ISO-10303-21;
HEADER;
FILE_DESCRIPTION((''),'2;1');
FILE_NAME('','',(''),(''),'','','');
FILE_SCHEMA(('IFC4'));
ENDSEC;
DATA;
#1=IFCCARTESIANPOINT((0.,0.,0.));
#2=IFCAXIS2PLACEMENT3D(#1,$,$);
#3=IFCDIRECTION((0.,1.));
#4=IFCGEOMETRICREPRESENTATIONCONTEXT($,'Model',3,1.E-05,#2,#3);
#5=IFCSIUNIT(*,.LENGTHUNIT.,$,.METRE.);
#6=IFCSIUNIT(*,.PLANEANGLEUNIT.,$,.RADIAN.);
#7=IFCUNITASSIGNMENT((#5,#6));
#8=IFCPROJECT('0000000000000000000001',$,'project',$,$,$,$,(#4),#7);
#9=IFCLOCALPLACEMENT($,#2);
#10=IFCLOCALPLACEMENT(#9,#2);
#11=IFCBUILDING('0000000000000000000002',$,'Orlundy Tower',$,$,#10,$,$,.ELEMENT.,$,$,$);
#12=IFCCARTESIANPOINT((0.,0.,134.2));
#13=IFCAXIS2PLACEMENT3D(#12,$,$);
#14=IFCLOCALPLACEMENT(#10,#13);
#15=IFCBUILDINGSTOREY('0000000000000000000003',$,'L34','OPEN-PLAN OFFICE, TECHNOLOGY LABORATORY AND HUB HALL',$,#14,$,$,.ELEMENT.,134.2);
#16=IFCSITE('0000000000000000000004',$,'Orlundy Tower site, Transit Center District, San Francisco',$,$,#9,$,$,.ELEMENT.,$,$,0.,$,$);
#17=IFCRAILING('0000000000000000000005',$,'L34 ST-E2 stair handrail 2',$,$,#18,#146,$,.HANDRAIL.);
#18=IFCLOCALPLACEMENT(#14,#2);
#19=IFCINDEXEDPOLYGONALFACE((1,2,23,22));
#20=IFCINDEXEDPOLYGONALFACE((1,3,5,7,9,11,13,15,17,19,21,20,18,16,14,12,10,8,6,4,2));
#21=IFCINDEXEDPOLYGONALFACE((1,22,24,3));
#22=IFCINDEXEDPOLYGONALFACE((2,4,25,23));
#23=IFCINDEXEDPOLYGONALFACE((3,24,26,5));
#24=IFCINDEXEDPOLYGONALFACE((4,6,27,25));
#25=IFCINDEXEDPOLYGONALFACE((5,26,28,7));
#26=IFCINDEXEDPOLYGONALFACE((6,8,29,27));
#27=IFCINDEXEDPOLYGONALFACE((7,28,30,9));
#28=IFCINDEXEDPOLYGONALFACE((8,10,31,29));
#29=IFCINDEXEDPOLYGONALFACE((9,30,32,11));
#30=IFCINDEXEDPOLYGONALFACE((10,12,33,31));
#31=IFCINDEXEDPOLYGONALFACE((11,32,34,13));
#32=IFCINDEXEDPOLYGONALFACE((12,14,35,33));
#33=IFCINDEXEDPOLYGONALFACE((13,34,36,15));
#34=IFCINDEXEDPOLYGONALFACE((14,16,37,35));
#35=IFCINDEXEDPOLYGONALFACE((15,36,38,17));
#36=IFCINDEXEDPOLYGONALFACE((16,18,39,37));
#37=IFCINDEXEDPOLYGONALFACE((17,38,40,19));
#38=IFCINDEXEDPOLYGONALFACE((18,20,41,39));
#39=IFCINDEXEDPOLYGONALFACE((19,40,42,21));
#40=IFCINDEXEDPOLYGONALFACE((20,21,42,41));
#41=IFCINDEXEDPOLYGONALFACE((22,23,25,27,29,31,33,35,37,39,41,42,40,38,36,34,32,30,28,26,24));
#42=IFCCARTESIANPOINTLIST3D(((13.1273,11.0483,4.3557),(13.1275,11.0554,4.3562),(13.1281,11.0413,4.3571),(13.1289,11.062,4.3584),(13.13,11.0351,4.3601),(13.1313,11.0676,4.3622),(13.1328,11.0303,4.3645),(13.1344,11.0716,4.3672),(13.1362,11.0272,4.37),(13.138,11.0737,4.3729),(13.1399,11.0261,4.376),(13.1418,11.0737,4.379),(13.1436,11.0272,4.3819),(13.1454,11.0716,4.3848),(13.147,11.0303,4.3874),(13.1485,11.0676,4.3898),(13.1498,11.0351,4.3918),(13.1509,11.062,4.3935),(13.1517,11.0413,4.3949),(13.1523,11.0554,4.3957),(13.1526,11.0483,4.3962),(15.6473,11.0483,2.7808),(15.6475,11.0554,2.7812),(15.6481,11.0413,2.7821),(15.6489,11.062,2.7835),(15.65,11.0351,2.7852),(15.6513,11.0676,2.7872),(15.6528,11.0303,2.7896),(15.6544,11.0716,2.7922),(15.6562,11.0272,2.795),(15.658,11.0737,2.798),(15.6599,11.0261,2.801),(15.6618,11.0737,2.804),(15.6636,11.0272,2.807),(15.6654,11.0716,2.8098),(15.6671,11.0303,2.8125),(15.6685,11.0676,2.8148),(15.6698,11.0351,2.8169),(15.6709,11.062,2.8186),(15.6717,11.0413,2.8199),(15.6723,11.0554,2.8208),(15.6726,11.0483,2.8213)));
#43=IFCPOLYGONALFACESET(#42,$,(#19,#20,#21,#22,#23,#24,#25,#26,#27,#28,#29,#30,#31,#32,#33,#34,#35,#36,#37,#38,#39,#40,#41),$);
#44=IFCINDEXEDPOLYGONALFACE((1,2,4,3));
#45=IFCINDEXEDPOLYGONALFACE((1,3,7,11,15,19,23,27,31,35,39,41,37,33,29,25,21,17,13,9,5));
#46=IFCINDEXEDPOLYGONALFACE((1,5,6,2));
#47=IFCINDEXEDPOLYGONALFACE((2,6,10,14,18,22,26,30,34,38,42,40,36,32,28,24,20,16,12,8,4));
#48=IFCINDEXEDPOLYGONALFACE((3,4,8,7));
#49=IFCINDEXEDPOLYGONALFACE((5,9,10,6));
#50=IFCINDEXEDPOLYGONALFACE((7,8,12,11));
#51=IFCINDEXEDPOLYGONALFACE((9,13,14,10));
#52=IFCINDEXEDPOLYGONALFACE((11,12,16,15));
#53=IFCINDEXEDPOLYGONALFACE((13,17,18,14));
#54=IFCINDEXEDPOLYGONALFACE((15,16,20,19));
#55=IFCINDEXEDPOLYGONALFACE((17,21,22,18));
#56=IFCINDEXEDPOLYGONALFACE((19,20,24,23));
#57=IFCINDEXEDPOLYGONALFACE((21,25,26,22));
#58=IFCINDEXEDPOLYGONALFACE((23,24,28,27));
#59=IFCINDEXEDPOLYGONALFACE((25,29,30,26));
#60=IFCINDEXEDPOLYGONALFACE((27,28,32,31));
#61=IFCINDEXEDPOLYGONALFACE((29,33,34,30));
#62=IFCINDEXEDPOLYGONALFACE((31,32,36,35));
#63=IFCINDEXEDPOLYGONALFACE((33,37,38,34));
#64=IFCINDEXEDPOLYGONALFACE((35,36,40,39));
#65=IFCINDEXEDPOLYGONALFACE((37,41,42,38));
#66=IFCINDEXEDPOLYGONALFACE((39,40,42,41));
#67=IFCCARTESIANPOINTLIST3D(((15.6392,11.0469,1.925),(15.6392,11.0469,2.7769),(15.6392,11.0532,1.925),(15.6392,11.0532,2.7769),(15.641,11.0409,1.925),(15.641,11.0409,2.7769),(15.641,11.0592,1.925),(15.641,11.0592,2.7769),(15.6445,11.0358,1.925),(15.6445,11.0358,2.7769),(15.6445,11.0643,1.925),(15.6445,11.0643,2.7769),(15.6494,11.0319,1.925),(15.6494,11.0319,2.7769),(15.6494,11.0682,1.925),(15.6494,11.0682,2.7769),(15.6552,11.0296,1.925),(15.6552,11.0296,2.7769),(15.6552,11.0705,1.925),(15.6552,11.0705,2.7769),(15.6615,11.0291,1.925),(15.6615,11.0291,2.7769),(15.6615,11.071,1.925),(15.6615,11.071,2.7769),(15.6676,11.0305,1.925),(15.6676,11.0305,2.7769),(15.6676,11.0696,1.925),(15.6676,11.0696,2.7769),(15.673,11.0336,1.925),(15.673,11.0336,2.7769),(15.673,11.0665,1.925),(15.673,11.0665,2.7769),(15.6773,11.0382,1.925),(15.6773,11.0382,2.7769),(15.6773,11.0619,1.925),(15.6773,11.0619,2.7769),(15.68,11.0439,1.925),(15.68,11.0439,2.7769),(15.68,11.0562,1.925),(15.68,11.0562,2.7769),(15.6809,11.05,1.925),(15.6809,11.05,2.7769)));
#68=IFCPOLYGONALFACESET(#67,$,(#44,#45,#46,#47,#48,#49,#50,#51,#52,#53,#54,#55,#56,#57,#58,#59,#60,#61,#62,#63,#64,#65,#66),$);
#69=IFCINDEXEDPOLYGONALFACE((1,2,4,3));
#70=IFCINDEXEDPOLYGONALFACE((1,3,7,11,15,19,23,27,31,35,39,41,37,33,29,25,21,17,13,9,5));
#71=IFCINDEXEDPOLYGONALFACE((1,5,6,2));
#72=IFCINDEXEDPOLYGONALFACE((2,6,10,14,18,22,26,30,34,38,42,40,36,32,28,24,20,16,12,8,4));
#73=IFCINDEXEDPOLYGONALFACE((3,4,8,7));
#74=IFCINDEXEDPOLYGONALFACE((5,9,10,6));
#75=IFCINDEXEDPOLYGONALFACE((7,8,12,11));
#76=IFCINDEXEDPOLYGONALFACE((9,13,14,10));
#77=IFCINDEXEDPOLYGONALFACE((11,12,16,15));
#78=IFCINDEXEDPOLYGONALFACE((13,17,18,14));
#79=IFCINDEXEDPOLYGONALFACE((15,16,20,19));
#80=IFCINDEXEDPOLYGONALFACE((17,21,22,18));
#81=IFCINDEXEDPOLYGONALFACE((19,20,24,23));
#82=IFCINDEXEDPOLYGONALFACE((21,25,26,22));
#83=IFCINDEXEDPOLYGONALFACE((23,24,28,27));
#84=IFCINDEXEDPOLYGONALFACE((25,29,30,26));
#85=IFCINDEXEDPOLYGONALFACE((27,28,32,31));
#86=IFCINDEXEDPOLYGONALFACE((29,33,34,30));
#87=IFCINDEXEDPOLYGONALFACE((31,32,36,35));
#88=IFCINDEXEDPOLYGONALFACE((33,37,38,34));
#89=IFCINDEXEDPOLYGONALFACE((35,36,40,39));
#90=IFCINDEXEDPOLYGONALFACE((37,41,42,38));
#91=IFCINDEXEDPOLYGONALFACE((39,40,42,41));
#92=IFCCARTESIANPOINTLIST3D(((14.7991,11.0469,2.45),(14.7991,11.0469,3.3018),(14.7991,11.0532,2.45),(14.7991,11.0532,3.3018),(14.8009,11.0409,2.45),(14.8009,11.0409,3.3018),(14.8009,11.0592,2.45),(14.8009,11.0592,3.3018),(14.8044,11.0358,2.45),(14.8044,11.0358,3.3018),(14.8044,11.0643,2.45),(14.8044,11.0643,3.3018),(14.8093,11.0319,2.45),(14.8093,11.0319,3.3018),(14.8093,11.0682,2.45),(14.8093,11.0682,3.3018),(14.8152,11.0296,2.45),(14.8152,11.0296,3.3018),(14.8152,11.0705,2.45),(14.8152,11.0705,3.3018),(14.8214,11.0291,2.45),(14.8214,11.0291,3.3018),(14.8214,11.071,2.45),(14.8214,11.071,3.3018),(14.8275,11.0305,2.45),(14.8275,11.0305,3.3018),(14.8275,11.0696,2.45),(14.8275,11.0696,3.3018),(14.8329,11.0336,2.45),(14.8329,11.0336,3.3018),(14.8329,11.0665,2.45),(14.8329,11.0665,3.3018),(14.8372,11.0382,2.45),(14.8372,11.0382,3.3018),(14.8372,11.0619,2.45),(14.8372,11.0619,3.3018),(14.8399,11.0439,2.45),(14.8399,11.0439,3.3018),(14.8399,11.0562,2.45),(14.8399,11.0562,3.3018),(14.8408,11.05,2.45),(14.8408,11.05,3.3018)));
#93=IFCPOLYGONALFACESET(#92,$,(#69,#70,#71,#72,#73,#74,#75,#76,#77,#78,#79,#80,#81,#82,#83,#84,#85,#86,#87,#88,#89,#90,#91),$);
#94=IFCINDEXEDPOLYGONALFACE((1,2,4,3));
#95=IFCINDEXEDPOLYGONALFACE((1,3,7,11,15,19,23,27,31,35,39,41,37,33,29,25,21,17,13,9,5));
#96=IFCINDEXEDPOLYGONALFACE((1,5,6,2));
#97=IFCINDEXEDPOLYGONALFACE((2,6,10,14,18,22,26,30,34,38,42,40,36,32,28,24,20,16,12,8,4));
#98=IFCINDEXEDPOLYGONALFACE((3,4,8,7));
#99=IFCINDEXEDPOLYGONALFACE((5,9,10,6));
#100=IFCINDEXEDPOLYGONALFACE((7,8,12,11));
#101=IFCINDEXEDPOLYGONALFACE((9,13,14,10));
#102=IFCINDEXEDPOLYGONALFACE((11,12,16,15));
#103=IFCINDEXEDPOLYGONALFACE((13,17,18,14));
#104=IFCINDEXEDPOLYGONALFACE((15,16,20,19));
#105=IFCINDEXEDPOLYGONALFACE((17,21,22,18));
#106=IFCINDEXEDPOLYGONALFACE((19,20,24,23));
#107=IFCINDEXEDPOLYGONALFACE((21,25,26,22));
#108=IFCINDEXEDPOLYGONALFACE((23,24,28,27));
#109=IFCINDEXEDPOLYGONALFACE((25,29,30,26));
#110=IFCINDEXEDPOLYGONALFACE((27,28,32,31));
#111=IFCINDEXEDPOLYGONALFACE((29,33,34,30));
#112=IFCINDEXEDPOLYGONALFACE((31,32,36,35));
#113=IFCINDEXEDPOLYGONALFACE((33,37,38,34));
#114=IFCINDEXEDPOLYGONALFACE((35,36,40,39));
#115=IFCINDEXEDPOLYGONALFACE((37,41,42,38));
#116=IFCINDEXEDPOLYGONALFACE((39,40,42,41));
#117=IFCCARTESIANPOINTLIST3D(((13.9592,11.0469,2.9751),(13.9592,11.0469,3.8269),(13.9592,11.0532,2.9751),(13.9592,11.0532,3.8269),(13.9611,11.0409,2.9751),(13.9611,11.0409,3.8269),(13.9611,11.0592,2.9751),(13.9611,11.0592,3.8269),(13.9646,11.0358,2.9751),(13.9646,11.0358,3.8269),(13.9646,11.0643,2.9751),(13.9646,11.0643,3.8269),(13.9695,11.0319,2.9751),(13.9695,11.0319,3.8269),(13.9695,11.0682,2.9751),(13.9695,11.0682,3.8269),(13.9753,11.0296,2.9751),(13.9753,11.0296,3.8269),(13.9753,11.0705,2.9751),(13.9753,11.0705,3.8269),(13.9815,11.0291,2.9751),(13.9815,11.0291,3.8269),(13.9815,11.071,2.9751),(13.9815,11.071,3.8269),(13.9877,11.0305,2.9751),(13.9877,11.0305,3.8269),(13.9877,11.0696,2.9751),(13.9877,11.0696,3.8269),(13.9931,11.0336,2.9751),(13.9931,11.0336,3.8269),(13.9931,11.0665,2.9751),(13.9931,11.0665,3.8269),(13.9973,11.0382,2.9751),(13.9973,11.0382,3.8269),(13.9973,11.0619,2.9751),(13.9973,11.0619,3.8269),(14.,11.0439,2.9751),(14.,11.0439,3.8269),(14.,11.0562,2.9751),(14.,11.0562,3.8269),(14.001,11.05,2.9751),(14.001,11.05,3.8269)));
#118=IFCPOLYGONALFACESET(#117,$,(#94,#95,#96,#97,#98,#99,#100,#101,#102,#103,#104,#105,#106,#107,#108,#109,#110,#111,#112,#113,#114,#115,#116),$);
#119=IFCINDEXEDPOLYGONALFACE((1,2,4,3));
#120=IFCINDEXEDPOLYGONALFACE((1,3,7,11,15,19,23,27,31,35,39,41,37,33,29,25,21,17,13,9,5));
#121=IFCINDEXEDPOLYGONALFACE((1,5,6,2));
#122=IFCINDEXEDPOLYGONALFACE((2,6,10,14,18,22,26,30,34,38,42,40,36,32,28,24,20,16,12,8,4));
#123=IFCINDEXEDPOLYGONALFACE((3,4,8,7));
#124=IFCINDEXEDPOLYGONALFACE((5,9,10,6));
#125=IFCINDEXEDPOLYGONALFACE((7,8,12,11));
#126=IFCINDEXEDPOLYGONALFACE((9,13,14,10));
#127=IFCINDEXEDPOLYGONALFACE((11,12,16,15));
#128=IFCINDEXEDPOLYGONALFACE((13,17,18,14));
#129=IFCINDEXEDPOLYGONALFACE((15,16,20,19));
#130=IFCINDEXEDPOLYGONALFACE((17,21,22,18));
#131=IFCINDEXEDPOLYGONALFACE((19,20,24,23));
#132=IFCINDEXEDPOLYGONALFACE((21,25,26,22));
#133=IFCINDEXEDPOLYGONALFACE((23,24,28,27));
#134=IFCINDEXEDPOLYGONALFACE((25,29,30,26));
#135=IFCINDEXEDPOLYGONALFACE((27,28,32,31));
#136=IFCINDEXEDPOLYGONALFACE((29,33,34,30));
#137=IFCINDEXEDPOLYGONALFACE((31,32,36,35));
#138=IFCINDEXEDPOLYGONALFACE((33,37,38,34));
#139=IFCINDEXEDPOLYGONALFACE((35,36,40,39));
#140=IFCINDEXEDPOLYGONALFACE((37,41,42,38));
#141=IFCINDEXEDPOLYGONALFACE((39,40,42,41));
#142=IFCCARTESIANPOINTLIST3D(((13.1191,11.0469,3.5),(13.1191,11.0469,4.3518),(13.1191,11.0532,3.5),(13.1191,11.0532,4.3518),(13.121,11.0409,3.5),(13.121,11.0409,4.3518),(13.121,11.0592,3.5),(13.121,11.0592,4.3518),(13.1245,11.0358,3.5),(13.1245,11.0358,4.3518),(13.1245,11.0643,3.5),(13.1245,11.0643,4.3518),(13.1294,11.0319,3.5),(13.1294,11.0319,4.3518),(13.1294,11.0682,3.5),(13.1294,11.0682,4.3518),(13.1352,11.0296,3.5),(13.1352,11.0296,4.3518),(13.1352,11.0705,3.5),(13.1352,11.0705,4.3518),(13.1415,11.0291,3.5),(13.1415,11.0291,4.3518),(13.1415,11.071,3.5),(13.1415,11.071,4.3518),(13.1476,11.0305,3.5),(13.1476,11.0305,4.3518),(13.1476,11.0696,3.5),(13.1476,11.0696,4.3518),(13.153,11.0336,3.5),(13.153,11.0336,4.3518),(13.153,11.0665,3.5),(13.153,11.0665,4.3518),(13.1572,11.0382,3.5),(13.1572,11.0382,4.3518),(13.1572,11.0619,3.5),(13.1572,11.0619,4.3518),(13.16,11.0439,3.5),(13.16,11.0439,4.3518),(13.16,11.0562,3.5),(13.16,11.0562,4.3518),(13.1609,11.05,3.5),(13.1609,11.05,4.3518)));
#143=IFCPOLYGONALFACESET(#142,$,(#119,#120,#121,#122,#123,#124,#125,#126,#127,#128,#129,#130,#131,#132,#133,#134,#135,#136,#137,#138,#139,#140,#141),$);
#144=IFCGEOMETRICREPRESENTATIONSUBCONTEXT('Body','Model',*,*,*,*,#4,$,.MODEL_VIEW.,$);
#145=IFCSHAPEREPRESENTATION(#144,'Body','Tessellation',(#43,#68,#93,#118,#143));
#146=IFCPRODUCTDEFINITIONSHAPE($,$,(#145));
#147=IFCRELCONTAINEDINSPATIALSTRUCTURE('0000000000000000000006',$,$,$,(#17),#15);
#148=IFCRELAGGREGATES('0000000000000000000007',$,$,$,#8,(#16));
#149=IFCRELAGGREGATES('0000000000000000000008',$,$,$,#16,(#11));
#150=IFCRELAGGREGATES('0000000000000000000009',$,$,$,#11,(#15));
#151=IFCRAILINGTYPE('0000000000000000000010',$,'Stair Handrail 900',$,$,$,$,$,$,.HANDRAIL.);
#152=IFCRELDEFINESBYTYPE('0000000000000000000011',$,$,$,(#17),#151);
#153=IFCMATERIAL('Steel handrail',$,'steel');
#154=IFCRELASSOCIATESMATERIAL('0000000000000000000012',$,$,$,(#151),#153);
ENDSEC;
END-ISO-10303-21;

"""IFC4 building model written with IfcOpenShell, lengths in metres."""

from ifc_helpers import new_model, si_unit, direction, frame, origin, origin_2d, place, context, subcontext, project, spatial, circle, extrude, material, type_object, element, save


model = new_model("IFC4")

# Units and contexts
model_context = context("Model", 3, precision=1e-05, world=origin(), true_north=direction((0.0, 1.0)))
body_context = subcontext(model_context, "Body", "Model", "MODEL_VIEW")
ifc_project = project(units=[si_unit("LENGTHUNIT", "METRE"), si_unit("PLANEANGLEUNIT", "RADIAN")], contexts=[model_context])

# Site, building, storey
site_placement = place(None, origin())
site = spatial("IfcSite", under=ifc_project, at=site_placement, Name="Orlundy Tower site, Transit Center District, San Francisco", CompositionType="ELEMENT", RefElevation=0.0)
building_placement = place(site_placement, origin())
building = spatial("IfcBuilding", under=site, at=building_placement, Name="Orlundy Tower", CompositionType="ELEMENT")
storey_placement = place(building_placement, frame((0.0, 0.0, 134.2)))
storey = spatial("IfcBuildingStorey", under=building, at=storey_placement, Name="L34", Description="OPEN-PLAN OFFICE, TECHNOLOGY LABORATORY AND HUB HALL", CompositionType="ELEMENT", Elevation=134.2)

# Railing
ifc_material_1 = material(Name="Steel handrail", Category="steel")
railing_type = type_object("IfcRailingType", Name="Stair Handrail 900", PredefinedType="HANDRAIL", material=ifc_material_1)
railing_placement = place(storey_placement, frame((15.6599, 11.05, 1.925)))
element("IfcRailing", 1, at=railing_placement, inside=storey, type_object=railing_type, Name="L34 ST-E2 stair handrail 2", PredefinedType="HANDRAIL", context=body_context, shape_type="SweptSolid", body=[
    extrude(circle(Radius=0.0239, at=origin_2d()), frame((0.0, 0.0, 0.876), z_axis=(-0.848008, 0.0, 0.529984), x_axis=(0.0, -1.0, 0.0)), (0.0, 0.0, 1.0), 2.9717),
    extrude(circle(Radius=0.021, at=origin_2d()), origin(), (0.0, 0.0, 1.0), 0.8518),
    extrude(circle(Radius=0.021, at=origin_2d()), frame((-0.8401, 0.0, 0.5249)), (0.0, 0.0, 1.0), 0.8518),
    extrude(circle(Radius=0.021, at=origin_2d()), frame((-1.6799, 0.0, 1.05)), (0.0, 0.0, 1.0), 0.8518),
    extrude(circle(Radius=0.021, at=origin_2d()), frame((-2.52, 0.0, 1.575)), (0.0, 0.0, 1.0), 0.8518),
])

save(model, "model.ifc")
